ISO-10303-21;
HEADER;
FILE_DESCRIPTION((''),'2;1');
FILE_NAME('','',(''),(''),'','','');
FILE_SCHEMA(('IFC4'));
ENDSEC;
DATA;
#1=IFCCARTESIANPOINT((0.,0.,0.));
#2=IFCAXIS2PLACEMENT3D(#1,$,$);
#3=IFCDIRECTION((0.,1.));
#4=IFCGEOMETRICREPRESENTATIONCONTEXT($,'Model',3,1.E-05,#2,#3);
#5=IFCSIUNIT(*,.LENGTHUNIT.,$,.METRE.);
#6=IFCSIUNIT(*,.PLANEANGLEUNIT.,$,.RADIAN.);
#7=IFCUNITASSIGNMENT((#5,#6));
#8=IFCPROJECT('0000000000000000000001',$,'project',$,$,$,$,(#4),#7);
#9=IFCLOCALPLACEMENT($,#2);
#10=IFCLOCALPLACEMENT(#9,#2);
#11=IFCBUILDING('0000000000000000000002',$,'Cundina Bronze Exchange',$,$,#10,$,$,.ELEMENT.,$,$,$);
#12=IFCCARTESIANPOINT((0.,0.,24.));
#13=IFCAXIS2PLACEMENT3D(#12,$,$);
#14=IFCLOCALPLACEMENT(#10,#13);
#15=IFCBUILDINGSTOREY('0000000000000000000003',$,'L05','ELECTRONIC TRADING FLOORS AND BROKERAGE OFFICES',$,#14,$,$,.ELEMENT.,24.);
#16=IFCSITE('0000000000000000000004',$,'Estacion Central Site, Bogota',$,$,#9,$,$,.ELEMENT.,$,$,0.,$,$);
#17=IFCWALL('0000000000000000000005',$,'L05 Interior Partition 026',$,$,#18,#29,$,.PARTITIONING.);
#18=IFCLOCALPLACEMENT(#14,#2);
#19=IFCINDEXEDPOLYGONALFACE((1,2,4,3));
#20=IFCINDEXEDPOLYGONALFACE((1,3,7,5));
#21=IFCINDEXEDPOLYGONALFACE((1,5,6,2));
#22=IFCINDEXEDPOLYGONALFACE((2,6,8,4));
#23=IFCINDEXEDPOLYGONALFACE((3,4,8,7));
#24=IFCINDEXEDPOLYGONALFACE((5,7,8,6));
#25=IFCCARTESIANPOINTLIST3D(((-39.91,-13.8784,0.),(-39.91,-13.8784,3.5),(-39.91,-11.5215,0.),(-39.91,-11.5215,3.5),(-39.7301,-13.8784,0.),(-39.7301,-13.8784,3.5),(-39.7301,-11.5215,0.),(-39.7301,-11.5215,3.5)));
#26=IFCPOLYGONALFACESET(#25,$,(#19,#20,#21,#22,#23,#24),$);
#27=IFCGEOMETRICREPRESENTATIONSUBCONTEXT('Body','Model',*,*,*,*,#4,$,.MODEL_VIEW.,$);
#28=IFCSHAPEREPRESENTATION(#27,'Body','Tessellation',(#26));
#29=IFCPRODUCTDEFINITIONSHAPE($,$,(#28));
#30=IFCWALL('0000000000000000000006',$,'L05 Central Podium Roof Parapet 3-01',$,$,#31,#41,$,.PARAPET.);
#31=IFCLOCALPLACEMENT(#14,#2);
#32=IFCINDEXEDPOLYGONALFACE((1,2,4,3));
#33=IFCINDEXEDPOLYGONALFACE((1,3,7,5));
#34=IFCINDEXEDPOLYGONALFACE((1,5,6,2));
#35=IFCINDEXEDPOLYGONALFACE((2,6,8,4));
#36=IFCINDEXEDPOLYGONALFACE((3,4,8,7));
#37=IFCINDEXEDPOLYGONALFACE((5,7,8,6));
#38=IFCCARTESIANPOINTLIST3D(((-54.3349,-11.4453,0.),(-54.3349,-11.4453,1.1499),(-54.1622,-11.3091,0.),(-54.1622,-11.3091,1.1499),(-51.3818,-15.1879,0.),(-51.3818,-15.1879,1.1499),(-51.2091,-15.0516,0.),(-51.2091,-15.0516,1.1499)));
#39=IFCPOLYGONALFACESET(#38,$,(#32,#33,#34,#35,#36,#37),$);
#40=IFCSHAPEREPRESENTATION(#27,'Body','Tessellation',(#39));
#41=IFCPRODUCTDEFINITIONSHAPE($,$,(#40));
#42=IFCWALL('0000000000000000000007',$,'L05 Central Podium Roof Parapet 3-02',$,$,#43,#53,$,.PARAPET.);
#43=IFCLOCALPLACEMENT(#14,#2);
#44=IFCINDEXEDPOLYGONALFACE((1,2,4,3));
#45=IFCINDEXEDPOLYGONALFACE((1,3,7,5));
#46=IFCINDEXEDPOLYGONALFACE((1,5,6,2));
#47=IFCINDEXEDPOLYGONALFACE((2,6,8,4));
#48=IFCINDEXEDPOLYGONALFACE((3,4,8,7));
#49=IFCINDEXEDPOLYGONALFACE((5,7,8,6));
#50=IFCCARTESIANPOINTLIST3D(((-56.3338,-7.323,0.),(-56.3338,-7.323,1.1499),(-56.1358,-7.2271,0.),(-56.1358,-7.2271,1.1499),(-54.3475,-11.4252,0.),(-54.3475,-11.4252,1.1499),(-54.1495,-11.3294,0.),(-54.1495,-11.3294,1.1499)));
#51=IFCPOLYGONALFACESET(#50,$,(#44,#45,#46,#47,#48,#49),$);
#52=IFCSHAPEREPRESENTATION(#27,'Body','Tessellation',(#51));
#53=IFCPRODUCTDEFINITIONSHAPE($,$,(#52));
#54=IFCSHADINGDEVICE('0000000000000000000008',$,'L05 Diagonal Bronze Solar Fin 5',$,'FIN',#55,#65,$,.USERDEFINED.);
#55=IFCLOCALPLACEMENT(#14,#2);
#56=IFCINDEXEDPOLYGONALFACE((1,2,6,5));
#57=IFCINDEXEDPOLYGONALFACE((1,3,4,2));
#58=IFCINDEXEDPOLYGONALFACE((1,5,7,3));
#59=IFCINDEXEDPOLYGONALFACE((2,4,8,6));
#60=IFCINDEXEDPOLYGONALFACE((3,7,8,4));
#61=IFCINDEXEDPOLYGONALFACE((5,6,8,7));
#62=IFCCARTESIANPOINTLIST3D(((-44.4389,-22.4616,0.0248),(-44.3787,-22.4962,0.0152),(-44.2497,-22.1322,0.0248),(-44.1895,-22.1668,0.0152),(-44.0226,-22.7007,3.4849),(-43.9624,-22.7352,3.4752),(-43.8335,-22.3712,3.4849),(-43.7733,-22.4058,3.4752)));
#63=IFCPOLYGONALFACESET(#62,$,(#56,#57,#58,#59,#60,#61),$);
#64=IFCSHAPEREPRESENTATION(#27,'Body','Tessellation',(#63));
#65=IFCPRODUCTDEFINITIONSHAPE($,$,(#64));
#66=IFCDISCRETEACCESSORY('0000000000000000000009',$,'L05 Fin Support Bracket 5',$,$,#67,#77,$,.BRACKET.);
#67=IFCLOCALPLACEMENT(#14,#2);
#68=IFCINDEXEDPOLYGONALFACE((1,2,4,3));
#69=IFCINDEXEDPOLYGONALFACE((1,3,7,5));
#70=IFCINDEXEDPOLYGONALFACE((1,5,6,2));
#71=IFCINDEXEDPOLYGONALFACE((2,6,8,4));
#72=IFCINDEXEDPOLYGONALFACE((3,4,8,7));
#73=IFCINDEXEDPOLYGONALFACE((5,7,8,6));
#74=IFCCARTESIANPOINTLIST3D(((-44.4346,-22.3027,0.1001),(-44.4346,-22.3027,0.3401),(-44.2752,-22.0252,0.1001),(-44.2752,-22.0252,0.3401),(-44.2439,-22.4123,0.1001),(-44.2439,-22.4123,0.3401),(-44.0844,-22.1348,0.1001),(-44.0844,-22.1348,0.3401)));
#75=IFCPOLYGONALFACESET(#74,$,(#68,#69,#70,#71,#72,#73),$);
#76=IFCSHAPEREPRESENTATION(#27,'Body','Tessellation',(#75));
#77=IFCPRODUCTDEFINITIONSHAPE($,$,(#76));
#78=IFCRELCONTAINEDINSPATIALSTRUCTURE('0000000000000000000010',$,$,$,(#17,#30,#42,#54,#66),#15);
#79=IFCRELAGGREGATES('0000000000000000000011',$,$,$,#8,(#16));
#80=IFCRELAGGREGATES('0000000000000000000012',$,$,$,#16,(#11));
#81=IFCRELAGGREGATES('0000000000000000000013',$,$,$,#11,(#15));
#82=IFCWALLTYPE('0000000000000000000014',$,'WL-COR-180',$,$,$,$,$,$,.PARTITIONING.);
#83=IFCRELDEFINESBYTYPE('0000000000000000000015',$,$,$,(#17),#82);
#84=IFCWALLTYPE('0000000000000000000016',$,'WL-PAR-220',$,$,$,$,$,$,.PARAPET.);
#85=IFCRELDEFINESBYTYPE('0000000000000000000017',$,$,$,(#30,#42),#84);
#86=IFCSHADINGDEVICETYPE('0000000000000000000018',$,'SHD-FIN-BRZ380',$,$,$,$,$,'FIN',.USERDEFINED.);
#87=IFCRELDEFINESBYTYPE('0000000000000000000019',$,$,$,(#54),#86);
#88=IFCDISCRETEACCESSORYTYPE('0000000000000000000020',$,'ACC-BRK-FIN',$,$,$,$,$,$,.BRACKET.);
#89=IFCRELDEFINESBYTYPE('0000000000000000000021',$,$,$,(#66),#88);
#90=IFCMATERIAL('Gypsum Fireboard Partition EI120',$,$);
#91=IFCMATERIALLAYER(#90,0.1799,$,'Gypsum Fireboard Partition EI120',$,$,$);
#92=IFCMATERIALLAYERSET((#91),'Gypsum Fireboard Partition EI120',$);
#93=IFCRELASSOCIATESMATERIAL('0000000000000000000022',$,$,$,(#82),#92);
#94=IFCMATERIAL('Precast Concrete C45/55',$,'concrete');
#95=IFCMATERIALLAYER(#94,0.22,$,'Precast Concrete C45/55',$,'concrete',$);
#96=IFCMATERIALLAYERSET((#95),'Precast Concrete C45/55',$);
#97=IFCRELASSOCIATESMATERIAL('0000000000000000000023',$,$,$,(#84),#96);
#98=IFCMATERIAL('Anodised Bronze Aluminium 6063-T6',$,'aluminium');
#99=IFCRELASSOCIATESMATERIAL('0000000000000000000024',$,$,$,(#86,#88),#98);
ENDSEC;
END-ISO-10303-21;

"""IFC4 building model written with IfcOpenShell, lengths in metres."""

from ifc_helpers import new_model, si_unit, direction, frame, frame_2d, origin, origin_2d, place, context, subcontext, project, spatial, rectangle, extrude, material, layer, layer_set, material_profile, profile_set, type_object, element, save


model = new_model("IFC4")

# Units and contexts
model_context = context("Model", 3, precision=1e-05, world=origin(), true_north=direction((0.0, 1.0)))
body_context = subcontext(model_context, "Body", "Model", "MODEL_VIEW")
ifc_project = project(units=[si_unit("LENGTHUNIT", "METRE"), si_unit("PLANEANGLEUNIT", "RADIAN")], contexts=[model_context])

# Site, building, storey
site_placement = place(None, origin())
site = spatial("IfcSite", under=ifc_project, at=site_placement, Name="Estacion Central Site, Bogota", CompositionType="ELEMENT", RefElevation=0.0)
building_placement = place(site_placement, origin())
building = spatial("IfcBuilding", under=site, at=building_placement, Name="Cundina Bronze Exchange", CompositionType="ELEMENT")
storey_placement = place(building_placement, frame((0.0, 0.0, 24.0)))
storey = spatial("IfcBuildingStorey", under=building, at=storey_placement, Name="L05", Description="ELECTRONIC TRADING FLOORS AND BROKERAGE OFFICES", CompositionType="ELEMENT", Elevation=24.0)

# Shared definitions
ifc_material_1 = material(Name="Anodised Bronze Aluminium 6063-T6", Category="aluminium")

# Shared definitions
ifc_material_2 = material(Name="Gypsum Fireboard Partition EI120")
ifc_layer_1 = layer(ifc_material_2, 0.1799, Name="Gypsum Fireboard Partition EI120")
ifc_layer_set_1 = layer_set([ifc_layer_1], Name="Gypsum Fireboard Partition EI120")
wall_type_1 = type_object("IfcWallType", Name="WL-COR-180", PredefinedType="PARTITIONING", material=ifc_layer_set_1)

# Walls
wall_1_placement = place(storey_placement, frame((-39.8201, -11.5215, 0.0), z_axis=(0.0, 0.0, 1.0), x_axis=(0.0, -1.0, 0.0)))
element("IfcWall", 1, at=wall_1_placement, inside=storey, type_object=wall_type_1, Name="L05 Interior Partition 026", PredefinedType="PARTITIONING", context=body_context, shape_type="SweptSolid", body=[
    extrude(rectangle(XDim=2.3569, YDim=0.1799, at=frame_2d((1.1785, 0.0))), origin(), (0.0, 0.0, 1.0), 3.5),
])
ifc_material_3 = material(Name="Precast Concrete C45/55", Category="concrete")
ifc_layer_2 = layer(ifc_material_3, 0.22, Name="Precast Concrete C45/55", Category="concrete")
ifc_layer_set_2 = layer_set([ifc_layer_2], Name="Precast Concrete C45/55")
wall_type_2 = type_object("IfcWallType", Name="WL-PAR-220", PredefinedType="PARAPET", material=ifc_layer_set_2)
wall_2_placement = place(storey_placement, frame((-51.2954, -15.1199, 0.0), z_axis=(0.0, 0.0, 1.0), x_axis=(-0.619435, 0.785048, 0.0)))
element("IfcWall", 2, at=wall_2_placement, inside=storey, type_object=wall_type_2, Name="L05 Central Podium Roof Parapet 3-01", PredefinedType="PARAPET", context=body_context, shape_type="SweptSolid", body=[
    extrude(rectangle(XDim=4.7673, YDim=0.22, at=frame_2d((2.3838, 0.0))), origin(), (0.0, 0.0, 1.0), 1.1499),
])
wall_3_placement = place(storey_placement, frame((-54.2485, -11.3772, 0.0), z_axis=(0.0, 0.0, 1.0), x_axis=(-0.4358, 0.900043, 0.0)))
element("IfcWall", 3, at=wall_3_placement, inside=storey, type_object=wall_type_2, Name="L05 Central Podium Roof Parapet 3-02", PredefinedType="PARAPET", context=body_context, shape_type="SweptSolid", body=[
    extrude(rectangle(XDim=4.5579, YDim=0.22, at=frame_2d((2.2788, 0.0))), origin(), (0.0, 0.0, 1.0), 1.1499),
])

# Shading device
ifc_material_profile_1 = material_profile(ifc_material_1, rectangle(XDim=0.0701, YDim=0.3799, at=origin_2d()), Name="FIN70X380", Category="aluminium")
ifc_profile_set_1 = profile_set([ifc_material_profile_1], Name="Anodised Bronze Aluminium 6063-T6")
shading_device_type = type_object("IfcShadingDeviceType", Name="SHD-FIN-BRZ380", ElementType="FIN", PredefinedType="USERDEFINED", material=ifc_profile_set_1)
shading_device_placement = place(storey_placement, frame((-44.3142, -22.3142, 0.02), z_axis=(0.119166, -0.068425, 0.990514), x_axis=(-0.858982, 0.493222, 0.137414)))
element("IfcShadingDevice", 4, at=shading_device_placement, inside=storey, type_object=shading_device_type, Name="L05 Diagonal Bronze Solar Fin 5", ObjectType="FIN", PredefinedType="USERDEFINED", context=body_context, shape_type="SweptSolid", body=[
    extrude(rectangle(XDim=0.0701, YDim=0.3799, at=origin_2d()), origin(), (0.0, 0.0, 1.0), 3.4932),
])

# Discrete accessory
discrete_accessory_type = type_object("IfcDiscreteAccessoryType", Name="ACC-BRK-FIN", PredefinedType="BRACKET", material=ifc_material_1)
discrete_accessory_placement = place(storey_placement, frame((-44.2595, -22.2188, 0.1001), z_axis=(0.0, 0.0, 1.0), x_axis=(0.867105, -0.498125, 0.0)))
element("IfcDiscreteAccessory", 5, at=discrete_accessory_placement, inside=storey, type_object=discrete_accessory_type, Name="L05 Fin Support Bracket 5", PredefinedType="BRACKET", context=body_context, shape_type="SweptSolid", body=[
    extrude(rectangle(XDim=0.22, YDim=0.3201, at=origin_2d()), origin(), (0.0, 0.0, 1.0), 0.24),
])

save(model, "model.ifc")
